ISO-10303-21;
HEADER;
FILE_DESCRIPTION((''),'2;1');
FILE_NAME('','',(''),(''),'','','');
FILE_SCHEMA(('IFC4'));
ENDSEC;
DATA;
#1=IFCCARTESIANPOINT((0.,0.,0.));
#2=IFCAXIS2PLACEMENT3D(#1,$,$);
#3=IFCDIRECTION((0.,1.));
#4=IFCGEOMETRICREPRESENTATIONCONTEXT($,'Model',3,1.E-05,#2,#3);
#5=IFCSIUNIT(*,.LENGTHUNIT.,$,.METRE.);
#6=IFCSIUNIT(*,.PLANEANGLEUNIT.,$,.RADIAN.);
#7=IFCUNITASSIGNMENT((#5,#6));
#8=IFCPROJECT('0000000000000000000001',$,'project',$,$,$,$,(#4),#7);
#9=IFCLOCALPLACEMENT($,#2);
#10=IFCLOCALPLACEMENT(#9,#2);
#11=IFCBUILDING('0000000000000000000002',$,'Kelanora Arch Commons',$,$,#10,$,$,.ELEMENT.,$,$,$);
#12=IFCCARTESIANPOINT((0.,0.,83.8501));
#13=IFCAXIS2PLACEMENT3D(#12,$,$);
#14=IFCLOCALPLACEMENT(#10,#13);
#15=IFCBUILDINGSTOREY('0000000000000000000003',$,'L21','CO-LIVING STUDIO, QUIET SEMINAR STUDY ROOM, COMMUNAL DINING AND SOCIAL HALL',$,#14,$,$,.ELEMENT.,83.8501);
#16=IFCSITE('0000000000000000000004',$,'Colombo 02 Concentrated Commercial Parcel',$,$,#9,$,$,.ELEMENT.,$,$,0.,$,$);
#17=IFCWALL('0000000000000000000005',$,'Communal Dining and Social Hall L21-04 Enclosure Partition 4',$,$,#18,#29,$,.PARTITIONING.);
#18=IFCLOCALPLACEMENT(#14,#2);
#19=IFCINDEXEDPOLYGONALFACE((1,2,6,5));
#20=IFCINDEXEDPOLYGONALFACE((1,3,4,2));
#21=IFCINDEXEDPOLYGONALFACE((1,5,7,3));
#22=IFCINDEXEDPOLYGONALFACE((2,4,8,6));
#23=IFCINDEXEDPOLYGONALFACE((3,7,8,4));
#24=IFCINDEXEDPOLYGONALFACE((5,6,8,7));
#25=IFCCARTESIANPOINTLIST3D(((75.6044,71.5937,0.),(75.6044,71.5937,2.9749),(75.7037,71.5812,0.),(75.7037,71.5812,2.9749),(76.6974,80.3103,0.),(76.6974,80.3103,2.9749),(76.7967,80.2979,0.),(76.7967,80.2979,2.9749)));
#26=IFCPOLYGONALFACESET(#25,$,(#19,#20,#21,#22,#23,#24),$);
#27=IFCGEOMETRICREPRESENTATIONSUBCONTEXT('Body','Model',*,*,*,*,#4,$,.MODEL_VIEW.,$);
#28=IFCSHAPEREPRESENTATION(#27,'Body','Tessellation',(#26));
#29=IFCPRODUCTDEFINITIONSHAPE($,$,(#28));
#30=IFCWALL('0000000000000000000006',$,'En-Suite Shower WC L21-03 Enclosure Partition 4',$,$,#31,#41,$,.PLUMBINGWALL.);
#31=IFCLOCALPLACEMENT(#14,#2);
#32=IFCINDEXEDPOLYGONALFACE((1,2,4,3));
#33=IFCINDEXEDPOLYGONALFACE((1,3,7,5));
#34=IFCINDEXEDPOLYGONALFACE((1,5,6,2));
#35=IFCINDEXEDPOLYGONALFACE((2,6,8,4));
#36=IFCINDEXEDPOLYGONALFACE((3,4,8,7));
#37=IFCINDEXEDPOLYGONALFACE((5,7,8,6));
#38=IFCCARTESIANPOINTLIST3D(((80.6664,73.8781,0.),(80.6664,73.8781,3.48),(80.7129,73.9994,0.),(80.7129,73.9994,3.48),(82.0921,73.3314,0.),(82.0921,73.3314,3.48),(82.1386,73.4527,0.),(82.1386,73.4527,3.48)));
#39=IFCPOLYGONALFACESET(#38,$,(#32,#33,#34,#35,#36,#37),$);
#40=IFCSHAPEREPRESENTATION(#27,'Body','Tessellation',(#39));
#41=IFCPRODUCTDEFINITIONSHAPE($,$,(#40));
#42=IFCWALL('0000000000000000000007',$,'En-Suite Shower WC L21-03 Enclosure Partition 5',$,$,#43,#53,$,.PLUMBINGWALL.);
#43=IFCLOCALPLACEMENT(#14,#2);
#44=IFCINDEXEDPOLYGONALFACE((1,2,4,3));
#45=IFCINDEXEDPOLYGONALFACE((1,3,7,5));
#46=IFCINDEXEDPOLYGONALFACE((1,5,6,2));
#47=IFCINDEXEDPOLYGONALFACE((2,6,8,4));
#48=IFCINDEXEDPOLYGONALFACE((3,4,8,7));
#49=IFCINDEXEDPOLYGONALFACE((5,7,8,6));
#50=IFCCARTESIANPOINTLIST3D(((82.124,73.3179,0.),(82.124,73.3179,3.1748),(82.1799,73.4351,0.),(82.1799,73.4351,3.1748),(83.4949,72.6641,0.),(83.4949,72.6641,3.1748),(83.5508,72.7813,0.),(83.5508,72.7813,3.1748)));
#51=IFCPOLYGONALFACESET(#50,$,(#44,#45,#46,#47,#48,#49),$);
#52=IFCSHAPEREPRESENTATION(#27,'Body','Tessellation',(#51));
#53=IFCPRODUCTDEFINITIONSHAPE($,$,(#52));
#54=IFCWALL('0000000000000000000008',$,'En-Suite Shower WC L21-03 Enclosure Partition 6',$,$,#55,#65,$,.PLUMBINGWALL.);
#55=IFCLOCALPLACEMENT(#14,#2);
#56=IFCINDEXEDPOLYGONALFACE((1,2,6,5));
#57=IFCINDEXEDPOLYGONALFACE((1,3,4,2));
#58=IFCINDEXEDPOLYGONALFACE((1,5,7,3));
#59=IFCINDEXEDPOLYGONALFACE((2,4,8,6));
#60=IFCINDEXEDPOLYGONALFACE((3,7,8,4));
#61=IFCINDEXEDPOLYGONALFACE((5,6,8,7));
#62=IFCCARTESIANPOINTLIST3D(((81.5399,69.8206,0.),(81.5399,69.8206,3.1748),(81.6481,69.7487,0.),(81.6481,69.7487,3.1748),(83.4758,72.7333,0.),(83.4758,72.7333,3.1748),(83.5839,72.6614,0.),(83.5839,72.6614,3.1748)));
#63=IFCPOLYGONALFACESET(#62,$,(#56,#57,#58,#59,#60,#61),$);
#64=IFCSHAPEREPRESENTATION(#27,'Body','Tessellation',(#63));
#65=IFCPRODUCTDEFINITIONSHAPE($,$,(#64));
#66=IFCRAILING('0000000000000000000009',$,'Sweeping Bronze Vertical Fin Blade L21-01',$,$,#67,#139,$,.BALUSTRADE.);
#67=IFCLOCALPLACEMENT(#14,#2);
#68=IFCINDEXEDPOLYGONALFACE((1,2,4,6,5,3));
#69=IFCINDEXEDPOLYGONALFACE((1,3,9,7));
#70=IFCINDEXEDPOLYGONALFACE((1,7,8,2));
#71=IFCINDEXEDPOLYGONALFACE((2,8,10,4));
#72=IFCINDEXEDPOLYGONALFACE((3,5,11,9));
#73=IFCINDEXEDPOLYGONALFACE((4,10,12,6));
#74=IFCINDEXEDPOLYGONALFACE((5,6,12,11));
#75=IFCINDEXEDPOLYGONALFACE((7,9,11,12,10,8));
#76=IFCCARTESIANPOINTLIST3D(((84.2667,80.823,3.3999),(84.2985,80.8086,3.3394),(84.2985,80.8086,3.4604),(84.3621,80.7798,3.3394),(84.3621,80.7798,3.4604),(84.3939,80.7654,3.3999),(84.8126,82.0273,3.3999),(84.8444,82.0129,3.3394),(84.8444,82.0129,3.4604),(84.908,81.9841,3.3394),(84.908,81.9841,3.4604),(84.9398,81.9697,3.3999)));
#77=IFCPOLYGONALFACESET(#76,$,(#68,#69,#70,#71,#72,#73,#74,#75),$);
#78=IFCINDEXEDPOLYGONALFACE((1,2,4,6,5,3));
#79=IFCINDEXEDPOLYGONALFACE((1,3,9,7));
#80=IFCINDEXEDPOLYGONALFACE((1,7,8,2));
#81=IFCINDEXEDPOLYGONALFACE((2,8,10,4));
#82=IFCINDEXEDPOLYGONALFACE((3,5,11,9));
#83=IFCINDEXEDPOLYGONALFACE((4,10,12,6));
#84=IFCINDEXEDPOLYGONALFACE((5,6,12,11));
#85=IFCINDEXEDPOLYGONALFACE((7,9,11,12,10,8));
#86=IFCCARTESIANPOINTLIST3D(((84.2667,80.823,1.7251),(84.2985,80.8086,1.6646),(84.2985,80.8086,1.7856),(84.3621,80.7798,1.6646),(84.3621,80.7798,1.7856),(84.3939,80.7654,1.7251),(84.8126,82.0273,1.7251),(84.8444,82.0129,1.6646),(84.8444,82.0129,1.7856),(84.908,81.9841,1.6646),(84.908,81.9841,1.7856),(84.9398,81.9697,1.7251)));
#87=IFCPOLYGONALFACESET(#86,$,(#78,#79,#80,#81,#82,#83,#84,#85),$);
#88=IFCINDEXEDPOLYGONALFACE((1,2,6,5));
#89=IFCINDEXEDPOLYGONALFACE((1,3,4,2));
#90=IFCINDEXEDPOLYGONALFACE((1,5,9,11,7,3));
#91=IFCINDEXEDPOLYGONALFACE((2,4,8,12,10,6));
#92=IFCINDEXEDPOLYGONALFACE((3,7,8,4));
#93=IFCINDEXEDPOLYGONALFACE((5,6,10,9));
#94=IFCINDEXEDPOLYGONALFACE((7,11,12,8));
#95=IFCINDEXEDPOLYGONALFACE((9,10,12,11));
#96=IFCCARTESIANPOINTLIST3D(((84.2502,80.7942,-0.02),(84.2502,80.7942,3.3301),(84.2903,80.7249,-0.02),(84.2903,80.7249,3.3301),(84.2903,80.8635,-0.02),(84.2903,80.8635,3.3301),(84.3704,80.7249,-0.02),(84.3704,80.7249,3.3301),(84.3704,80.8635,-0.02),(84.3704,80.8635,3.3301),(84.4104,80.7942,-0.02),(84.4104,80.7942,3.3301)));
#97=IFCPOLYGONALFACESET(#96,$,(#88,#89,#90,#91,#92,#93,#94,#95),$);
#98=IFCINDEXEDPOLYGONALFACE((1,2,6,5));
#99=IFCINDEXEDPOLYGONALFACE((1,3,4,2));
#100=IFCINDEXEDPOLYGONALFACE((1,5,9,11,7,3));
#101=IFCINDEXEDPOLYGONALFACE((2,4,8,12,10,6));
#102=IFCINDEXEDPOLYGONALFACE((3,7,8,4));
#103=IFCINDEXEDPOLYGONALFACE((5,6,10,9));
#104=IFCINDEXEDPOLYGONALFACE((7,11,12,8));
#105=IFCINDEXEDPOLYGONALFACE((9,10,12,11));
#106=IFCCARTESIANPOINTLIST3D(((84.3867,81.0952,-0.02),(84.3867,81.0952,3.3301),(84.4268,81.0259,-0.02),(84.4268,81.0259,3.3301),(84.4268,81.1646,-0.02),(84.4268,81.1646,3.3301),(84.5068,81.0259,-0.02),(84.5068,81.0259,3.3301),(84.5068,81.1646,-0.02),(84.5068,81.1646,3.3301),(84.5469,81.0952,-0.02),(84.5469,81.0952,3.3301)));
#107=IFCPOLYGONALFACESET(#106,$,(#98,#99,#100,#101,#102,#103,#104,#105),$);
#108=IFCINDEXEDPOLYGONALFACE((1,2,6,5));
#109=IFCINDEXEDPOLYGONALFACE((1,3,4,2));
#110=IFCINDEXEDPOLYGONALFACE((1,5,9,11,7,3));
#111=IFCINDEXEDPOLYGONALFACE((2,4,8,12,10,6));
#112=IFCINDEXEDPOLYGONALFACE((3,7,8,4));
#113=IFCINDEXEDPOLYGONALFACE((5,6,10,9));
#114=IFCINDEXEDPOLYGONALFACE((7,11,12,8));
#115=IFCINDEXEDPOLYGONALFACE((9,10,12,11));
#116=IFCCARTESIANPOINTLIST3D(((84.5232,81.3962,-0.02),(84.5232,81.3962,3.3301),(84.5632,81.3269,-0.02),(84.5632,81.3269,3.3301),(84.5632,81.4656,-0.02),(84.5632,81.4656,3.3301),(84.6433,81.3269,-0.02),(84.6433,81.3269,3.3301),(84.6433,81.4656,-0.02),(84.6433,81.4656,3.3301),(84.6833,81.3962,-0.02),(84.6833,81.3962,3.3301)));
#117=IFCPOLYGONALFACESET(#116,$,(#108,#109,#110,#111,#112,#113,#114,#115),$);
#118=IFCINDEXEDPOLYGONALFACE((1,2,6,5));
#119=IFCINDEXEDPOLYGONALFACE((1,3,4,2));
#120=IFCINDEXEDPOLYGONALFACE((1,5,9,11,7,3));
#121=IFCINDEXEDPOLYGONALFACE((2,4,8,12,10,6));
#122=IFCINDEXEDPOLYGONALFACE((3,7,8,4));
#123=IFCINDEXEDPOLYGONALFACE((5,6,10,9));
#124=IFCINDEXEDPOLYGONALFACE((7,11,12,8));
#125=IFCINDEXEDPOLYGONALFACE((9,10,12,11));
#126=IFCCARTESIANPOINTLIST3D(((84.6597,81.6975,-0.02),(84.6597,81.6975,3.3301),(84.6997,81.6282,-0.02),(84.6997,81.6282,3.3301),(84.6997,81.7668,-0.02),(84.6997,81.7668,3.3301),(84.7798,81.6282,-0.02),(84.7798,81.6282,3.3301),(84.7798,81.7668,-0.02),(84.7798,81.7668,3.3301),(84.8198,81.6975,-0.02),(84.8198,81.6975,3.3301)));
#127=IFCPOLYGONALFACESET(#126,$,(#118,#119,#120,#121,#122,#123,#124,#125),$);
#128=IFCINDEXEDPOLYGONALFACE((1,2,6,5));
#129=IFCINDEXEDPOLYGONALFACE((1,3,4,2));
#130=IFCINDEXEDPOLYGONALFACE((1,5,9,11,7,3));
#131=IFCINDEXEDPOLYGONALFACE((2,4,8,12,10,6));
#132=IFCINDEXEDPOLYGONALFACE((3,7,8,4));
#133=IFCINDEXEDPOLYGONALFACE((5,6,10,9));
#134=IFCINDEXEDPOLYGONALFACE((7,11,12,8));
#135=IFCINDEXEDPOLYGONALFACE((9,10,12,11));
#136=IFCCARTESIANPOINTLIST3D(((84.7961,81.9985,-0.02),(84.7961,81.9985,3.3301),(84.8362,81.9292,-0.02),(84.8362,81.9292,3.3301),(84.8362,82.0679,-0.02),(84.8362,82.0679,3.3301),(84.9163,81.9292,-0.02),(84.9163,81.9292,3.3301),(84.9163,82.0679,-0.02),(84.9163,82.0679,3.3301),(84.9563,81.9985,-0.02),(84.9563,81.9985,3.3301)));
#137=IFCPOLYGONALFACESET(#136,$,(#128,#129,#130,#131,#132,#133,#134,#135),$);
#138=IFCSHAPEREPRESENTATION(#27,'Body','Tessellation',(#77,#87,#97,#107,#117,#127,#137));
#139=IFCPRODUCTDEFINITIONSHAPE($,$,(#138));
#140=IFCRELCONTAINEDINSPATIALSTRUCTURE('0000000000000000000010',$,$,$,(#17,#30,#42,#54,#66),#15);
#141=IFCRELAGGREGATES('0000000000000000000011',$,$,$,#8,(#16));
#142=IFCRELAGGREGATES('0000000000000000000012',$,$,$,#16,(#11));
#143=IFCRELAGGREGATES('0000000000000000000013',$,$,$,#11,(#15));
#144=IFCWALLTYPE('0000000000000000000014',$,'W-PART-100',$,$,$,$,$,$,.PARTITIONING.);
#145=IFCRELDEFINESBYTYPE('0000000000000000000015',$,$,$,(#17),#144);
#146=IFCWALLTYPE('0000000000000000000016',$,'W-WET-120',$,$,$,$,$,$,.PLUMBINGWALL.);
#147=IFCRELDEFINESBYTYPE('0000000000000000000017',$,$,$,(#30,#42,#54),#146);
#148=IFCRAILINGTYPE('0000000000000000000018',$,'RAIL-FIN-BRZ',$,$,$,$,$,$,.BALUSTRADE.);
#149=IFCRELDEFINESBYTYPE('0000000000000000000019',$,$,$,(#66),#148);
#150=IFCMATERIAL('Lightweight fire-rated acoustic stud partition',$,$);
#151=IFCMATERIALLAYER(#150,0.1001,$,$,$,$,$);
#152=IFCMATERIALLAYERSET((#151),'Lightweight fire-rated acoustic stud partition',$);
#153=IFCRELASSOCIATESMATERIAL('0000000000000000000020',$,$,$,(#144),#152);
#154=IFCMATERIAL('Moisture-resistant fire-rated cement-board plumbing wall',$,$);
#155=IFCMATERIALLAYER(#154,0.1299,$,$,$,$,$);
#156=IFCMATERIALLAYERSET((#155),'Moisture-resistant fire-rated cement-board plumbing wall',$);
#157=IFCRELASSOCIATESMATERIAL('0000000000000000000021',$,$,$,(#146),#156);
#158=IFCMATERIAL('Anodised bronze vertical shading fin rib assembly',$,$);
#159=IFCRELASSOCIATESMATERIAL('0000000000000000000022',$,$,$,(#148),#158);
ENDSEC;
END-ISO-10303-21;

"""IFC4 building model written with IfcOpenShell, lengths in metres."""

from ifc_helpers import new_model, si_unit, direction, frame, frame_2d, origin, place, context, subcontext, project, spatial, polyline, rectangle, outline, extrude, material, layer, layer_set, type_object, element, save


model = new_model("IFC4")

# Units and contexts
model_context = context("Model", 3, precision=1e-05, world=origin(), true_north=direction((0.0, 1.0)))
body_context = subcontext(model_context, "Body", "Model", "MODEL_VIEW")
ifc_project = project(units=[si_unit("LENGTHUNIT", "METRE"), si_unit("PLANEANGLEUNIT", "RADIAN")], contexts=[model_context])

# Site, building, storey
site_placement = place(None, origin())
site = spatial("IfcSite", under=ifc_project, at=site_placement, Name="Colombo 02 Concentrated Commercial Parcel", CompositionType="ELEMENT", RefElevation=0.0)
building_placement = place(site_placement, origin())
building = spatial("IfcBuilding", under=site, at=building_placement, Name="Kelanora Arch Commons", CompositionType="ELEMENT")
storey_placement = place(building_placement, frame((0.0, 0.0, 83.8501)))
storey = spatial("IfcBuildingStorey", under=building, at=storey_placement, Name="L21", Description="CO-LIVING STUDIO, QUIET SEMINAR STUDY ROOM, COMMUNAL DINING AND SOCIAL HALL", CompositionType="ELEMENT", Elevation=83.8501)

# Walls
ifc_material_1 = material(Name="Lightweight fire-rated acoustic stud partition")
ifc_layer_1 = layer(ifc_material_1, 0.1001)
ifc_layer_set_1 = layer_set([ifc_layer_1], Name="Lightweight fire-rated acoustic stud partition")
wall_type_1 = type_object("IfcWallType", Name="W-PART-100", PredefinedType="PARTITIONING", material=ifc_layer_set_1)
wall_1_placement = place(storey_placement, frame((76.7471, 80.3042, 0.0), z_axis=(0.0, 0.0, 1.0), x_axis=(-0.124421, -0.992229, 0.0)))
element("IfcWall", 1, at=wall_1_placement, inside=storey, type_object=wall_type_1, Name="Communal Dining and Social Hall L21-04 Enclosure Partition 4", PredefinedType="PARTITIONING", context=body_context, shape_type="SweptSolid", body=[
    extrude(rectangle(XDim=8.7849, YDim=0.1001, at=frame_2d((4.3926, 0.0))), origin(), (0.0, 0.0, 1.0), 2.9749),
])
ifc_material_2 = material(Name="Moisture-resistant fire-rated cement-board plumbing wall")
ifc_layer_2 = layer(ifc_material_2, 0.1299)
ifc_layer_set_2 = layer_set([ifc_layer_2], Name="Moisture-resistant fire-rated cement-board plumbing wall")
wall_type_2 = type_object("IfcWallType", Name="W-WET-120", PredefinedType="PLUMBINGWALL", material=ifc_layer_set_2)
wall_2_placement = place(storey_placement, frame((80.6897, 73.9387, 0.0), z_axis=(0.0, 0.0, 1.0), x_axis=(0.933708, -0.358036, 0.0)))
element("IfcWall", 2, at=wall_2_placement, inside=storey, type_object=wall_type_2, Name="En-Suite Shower WC L21-03 Enclosure Partition 4", PredefinedType="PLUMBINGWALL", context=body_context, shape_type="SweptSolid", body=[
    extrude(rectangle(XDim=1.5269, YDim=0.1299, at=frame_2d((0.7634, 0.0))), origin(), (0.0, 0.0, 1.0), 3.48),
])
wall_3_placement = place(storey_placement, frame((82.1521, 73.3765, 0.0), z_axis=(0.0, 0.0, 1.0), x_axis=(0.902599, -0.430483, 0.0)))
element("IfcWall", 3, at=wall_3_placement, inside=storey, type_object=wall_type_2, Name="En-Suite Shower WC L21-03 Enclosure Partition 5", PredefinedType="PLUMBINGWALL", context=body_context, shape_type="SweptSolid", body=[
    extrude(rectangle(XDim=1.5188, YDim=0.1299, at=frame_2d((0.7593, 0.0))), origin(), (0.0, 0.0, 1.0), 3.1748),
])
wall_4_placement = place(storey_placement, frame((83.5298, 72.6973, 0.0), z_axis=(0.0, 0.0, 1.0), x_axis=(-0.553524, -0.832833, 0.0)))
element("IfcWall", 4, at=wall_4_placement, inside=storey, type_object=wall_type_2, Name="En-Suite Shower WC L21-03 Enclosure Partition 6", PredefinedType="PLUMBINGWALL", context=body_context, shape_type="SweptSolid", body=[
    extrude(rectangle(XDim=3.4973, YDim=0.1299, at=frame_2d((1.7485, 0.0))), origin(), (0.0, 0.0, 1.0), 3.1748),
])

# Railing
ifc_material_3 = material(Name="Anodised bronze vertical shading fin rib assembly")
railing_type = type_object("IfcRailingType", Name="RAIL-FIN-BRZ", PredefinedType="BALUSTRADE", material=ifc_material_3)
railing_1_placement = place(storey_placement, frame((84.3303, 80.7942, -0.02)))
element("IfcRailing", 5, at=railing_1_placement, inside=storey, type_object=railing_type, Name="Sweeping Bronze Vertical Fin Blade L21-01", PredefinedType="BALUSTRADE", context=body_context, shape_type="SweptSolid", body=[
    extrude(outline(polyline([(0.0698, 0.0), (0.0349, 0.0605), (-0.0349, 0.0605), (-0.0698, 0.0), (-0.0349, -0.0605), (0.0349, -0.0605), (0.0698, 0.0)])), frame((0.0, 0.0, 3.4199), z_axis=(0.412843, 0.910802, 0.0), x_axis=(-0.910802, 0.412843, 0.0)), (0.0, 0.0, 1.0), 1.3223),
    extrude(outline(polyline([(0.0698, 0.0), (0.0349, 0.0605), (-0.0349, 0.0605), (-0.0698, 0.0), (-0.0349, -0.0605), (0.0349, -0.0605), (0.0698, 0.0)])), frame((0.0, 0.0, 1.7451), z_axis=(0.412843, 0.910802, 0.0), x_axis=(-0.910802, 0.412843, 0.0)), (0.0, 0.0, 1.0), 1.3223),
    extrude(outline(polyline([(0.0801, 0.0), (0.04, 0.0693), (-0.04, 0.0693), (-0.0801, 0.0), (-0.04, -0.0693), (0.04, -0.0693), (0.0801, 0.0)])), origin(), (0.0, 0.0, 1.0), 3.3501),
    extrude(outline(polyline([(0.0801, 0.0), (0.04, 0.0693), (-0.04, 0.0693), (-0.0801, 0.0), (-0.04, -0.0693), (0.04, -0.0693), (0.0801, 0.0)])), frame((0.1365, 0.301, 0.0)), (0.0, 0.0, 1.0), 3.3501),
    extrude(outline(polyline([(0.0801, 0.0), (0.04, 0.0693), (-0.04, 0.0693), (-0.0801, 0.0), (-0.04, -0.0693), (0.04, -0.0693), (0.0801, 0.0)])), frame((0.2729, 0.6021, 0.0)), (0.0, 0.0, 1.0), 3.3501),
    extrude(outline(polyline([(0.0801, 0.0), (0.04, 0.0693), (-0.04, 0.0693), (-0.0801, 0.0), (-0.04, -0.0693), (0.04, -0.0693), (0.0801, 0.0)])), frame((0.4094, 0.9033, 0.0)), (0.0, 0.0, 1.0), 3.3501),
    extrude(outline(polyline([(0.0801, 0.0), (0.04, 0.0693), (-0.04, 0.0693), (-0.0801, 0.0), (-0.04, -0.0693), (0.04, -0.0693), (0.0801, 0.0)])), frame((0.5459, 1.2043, 0.0)), (0.0, 0.0, 1.0), 3.3501),
])

save(model, "model.ifc")
